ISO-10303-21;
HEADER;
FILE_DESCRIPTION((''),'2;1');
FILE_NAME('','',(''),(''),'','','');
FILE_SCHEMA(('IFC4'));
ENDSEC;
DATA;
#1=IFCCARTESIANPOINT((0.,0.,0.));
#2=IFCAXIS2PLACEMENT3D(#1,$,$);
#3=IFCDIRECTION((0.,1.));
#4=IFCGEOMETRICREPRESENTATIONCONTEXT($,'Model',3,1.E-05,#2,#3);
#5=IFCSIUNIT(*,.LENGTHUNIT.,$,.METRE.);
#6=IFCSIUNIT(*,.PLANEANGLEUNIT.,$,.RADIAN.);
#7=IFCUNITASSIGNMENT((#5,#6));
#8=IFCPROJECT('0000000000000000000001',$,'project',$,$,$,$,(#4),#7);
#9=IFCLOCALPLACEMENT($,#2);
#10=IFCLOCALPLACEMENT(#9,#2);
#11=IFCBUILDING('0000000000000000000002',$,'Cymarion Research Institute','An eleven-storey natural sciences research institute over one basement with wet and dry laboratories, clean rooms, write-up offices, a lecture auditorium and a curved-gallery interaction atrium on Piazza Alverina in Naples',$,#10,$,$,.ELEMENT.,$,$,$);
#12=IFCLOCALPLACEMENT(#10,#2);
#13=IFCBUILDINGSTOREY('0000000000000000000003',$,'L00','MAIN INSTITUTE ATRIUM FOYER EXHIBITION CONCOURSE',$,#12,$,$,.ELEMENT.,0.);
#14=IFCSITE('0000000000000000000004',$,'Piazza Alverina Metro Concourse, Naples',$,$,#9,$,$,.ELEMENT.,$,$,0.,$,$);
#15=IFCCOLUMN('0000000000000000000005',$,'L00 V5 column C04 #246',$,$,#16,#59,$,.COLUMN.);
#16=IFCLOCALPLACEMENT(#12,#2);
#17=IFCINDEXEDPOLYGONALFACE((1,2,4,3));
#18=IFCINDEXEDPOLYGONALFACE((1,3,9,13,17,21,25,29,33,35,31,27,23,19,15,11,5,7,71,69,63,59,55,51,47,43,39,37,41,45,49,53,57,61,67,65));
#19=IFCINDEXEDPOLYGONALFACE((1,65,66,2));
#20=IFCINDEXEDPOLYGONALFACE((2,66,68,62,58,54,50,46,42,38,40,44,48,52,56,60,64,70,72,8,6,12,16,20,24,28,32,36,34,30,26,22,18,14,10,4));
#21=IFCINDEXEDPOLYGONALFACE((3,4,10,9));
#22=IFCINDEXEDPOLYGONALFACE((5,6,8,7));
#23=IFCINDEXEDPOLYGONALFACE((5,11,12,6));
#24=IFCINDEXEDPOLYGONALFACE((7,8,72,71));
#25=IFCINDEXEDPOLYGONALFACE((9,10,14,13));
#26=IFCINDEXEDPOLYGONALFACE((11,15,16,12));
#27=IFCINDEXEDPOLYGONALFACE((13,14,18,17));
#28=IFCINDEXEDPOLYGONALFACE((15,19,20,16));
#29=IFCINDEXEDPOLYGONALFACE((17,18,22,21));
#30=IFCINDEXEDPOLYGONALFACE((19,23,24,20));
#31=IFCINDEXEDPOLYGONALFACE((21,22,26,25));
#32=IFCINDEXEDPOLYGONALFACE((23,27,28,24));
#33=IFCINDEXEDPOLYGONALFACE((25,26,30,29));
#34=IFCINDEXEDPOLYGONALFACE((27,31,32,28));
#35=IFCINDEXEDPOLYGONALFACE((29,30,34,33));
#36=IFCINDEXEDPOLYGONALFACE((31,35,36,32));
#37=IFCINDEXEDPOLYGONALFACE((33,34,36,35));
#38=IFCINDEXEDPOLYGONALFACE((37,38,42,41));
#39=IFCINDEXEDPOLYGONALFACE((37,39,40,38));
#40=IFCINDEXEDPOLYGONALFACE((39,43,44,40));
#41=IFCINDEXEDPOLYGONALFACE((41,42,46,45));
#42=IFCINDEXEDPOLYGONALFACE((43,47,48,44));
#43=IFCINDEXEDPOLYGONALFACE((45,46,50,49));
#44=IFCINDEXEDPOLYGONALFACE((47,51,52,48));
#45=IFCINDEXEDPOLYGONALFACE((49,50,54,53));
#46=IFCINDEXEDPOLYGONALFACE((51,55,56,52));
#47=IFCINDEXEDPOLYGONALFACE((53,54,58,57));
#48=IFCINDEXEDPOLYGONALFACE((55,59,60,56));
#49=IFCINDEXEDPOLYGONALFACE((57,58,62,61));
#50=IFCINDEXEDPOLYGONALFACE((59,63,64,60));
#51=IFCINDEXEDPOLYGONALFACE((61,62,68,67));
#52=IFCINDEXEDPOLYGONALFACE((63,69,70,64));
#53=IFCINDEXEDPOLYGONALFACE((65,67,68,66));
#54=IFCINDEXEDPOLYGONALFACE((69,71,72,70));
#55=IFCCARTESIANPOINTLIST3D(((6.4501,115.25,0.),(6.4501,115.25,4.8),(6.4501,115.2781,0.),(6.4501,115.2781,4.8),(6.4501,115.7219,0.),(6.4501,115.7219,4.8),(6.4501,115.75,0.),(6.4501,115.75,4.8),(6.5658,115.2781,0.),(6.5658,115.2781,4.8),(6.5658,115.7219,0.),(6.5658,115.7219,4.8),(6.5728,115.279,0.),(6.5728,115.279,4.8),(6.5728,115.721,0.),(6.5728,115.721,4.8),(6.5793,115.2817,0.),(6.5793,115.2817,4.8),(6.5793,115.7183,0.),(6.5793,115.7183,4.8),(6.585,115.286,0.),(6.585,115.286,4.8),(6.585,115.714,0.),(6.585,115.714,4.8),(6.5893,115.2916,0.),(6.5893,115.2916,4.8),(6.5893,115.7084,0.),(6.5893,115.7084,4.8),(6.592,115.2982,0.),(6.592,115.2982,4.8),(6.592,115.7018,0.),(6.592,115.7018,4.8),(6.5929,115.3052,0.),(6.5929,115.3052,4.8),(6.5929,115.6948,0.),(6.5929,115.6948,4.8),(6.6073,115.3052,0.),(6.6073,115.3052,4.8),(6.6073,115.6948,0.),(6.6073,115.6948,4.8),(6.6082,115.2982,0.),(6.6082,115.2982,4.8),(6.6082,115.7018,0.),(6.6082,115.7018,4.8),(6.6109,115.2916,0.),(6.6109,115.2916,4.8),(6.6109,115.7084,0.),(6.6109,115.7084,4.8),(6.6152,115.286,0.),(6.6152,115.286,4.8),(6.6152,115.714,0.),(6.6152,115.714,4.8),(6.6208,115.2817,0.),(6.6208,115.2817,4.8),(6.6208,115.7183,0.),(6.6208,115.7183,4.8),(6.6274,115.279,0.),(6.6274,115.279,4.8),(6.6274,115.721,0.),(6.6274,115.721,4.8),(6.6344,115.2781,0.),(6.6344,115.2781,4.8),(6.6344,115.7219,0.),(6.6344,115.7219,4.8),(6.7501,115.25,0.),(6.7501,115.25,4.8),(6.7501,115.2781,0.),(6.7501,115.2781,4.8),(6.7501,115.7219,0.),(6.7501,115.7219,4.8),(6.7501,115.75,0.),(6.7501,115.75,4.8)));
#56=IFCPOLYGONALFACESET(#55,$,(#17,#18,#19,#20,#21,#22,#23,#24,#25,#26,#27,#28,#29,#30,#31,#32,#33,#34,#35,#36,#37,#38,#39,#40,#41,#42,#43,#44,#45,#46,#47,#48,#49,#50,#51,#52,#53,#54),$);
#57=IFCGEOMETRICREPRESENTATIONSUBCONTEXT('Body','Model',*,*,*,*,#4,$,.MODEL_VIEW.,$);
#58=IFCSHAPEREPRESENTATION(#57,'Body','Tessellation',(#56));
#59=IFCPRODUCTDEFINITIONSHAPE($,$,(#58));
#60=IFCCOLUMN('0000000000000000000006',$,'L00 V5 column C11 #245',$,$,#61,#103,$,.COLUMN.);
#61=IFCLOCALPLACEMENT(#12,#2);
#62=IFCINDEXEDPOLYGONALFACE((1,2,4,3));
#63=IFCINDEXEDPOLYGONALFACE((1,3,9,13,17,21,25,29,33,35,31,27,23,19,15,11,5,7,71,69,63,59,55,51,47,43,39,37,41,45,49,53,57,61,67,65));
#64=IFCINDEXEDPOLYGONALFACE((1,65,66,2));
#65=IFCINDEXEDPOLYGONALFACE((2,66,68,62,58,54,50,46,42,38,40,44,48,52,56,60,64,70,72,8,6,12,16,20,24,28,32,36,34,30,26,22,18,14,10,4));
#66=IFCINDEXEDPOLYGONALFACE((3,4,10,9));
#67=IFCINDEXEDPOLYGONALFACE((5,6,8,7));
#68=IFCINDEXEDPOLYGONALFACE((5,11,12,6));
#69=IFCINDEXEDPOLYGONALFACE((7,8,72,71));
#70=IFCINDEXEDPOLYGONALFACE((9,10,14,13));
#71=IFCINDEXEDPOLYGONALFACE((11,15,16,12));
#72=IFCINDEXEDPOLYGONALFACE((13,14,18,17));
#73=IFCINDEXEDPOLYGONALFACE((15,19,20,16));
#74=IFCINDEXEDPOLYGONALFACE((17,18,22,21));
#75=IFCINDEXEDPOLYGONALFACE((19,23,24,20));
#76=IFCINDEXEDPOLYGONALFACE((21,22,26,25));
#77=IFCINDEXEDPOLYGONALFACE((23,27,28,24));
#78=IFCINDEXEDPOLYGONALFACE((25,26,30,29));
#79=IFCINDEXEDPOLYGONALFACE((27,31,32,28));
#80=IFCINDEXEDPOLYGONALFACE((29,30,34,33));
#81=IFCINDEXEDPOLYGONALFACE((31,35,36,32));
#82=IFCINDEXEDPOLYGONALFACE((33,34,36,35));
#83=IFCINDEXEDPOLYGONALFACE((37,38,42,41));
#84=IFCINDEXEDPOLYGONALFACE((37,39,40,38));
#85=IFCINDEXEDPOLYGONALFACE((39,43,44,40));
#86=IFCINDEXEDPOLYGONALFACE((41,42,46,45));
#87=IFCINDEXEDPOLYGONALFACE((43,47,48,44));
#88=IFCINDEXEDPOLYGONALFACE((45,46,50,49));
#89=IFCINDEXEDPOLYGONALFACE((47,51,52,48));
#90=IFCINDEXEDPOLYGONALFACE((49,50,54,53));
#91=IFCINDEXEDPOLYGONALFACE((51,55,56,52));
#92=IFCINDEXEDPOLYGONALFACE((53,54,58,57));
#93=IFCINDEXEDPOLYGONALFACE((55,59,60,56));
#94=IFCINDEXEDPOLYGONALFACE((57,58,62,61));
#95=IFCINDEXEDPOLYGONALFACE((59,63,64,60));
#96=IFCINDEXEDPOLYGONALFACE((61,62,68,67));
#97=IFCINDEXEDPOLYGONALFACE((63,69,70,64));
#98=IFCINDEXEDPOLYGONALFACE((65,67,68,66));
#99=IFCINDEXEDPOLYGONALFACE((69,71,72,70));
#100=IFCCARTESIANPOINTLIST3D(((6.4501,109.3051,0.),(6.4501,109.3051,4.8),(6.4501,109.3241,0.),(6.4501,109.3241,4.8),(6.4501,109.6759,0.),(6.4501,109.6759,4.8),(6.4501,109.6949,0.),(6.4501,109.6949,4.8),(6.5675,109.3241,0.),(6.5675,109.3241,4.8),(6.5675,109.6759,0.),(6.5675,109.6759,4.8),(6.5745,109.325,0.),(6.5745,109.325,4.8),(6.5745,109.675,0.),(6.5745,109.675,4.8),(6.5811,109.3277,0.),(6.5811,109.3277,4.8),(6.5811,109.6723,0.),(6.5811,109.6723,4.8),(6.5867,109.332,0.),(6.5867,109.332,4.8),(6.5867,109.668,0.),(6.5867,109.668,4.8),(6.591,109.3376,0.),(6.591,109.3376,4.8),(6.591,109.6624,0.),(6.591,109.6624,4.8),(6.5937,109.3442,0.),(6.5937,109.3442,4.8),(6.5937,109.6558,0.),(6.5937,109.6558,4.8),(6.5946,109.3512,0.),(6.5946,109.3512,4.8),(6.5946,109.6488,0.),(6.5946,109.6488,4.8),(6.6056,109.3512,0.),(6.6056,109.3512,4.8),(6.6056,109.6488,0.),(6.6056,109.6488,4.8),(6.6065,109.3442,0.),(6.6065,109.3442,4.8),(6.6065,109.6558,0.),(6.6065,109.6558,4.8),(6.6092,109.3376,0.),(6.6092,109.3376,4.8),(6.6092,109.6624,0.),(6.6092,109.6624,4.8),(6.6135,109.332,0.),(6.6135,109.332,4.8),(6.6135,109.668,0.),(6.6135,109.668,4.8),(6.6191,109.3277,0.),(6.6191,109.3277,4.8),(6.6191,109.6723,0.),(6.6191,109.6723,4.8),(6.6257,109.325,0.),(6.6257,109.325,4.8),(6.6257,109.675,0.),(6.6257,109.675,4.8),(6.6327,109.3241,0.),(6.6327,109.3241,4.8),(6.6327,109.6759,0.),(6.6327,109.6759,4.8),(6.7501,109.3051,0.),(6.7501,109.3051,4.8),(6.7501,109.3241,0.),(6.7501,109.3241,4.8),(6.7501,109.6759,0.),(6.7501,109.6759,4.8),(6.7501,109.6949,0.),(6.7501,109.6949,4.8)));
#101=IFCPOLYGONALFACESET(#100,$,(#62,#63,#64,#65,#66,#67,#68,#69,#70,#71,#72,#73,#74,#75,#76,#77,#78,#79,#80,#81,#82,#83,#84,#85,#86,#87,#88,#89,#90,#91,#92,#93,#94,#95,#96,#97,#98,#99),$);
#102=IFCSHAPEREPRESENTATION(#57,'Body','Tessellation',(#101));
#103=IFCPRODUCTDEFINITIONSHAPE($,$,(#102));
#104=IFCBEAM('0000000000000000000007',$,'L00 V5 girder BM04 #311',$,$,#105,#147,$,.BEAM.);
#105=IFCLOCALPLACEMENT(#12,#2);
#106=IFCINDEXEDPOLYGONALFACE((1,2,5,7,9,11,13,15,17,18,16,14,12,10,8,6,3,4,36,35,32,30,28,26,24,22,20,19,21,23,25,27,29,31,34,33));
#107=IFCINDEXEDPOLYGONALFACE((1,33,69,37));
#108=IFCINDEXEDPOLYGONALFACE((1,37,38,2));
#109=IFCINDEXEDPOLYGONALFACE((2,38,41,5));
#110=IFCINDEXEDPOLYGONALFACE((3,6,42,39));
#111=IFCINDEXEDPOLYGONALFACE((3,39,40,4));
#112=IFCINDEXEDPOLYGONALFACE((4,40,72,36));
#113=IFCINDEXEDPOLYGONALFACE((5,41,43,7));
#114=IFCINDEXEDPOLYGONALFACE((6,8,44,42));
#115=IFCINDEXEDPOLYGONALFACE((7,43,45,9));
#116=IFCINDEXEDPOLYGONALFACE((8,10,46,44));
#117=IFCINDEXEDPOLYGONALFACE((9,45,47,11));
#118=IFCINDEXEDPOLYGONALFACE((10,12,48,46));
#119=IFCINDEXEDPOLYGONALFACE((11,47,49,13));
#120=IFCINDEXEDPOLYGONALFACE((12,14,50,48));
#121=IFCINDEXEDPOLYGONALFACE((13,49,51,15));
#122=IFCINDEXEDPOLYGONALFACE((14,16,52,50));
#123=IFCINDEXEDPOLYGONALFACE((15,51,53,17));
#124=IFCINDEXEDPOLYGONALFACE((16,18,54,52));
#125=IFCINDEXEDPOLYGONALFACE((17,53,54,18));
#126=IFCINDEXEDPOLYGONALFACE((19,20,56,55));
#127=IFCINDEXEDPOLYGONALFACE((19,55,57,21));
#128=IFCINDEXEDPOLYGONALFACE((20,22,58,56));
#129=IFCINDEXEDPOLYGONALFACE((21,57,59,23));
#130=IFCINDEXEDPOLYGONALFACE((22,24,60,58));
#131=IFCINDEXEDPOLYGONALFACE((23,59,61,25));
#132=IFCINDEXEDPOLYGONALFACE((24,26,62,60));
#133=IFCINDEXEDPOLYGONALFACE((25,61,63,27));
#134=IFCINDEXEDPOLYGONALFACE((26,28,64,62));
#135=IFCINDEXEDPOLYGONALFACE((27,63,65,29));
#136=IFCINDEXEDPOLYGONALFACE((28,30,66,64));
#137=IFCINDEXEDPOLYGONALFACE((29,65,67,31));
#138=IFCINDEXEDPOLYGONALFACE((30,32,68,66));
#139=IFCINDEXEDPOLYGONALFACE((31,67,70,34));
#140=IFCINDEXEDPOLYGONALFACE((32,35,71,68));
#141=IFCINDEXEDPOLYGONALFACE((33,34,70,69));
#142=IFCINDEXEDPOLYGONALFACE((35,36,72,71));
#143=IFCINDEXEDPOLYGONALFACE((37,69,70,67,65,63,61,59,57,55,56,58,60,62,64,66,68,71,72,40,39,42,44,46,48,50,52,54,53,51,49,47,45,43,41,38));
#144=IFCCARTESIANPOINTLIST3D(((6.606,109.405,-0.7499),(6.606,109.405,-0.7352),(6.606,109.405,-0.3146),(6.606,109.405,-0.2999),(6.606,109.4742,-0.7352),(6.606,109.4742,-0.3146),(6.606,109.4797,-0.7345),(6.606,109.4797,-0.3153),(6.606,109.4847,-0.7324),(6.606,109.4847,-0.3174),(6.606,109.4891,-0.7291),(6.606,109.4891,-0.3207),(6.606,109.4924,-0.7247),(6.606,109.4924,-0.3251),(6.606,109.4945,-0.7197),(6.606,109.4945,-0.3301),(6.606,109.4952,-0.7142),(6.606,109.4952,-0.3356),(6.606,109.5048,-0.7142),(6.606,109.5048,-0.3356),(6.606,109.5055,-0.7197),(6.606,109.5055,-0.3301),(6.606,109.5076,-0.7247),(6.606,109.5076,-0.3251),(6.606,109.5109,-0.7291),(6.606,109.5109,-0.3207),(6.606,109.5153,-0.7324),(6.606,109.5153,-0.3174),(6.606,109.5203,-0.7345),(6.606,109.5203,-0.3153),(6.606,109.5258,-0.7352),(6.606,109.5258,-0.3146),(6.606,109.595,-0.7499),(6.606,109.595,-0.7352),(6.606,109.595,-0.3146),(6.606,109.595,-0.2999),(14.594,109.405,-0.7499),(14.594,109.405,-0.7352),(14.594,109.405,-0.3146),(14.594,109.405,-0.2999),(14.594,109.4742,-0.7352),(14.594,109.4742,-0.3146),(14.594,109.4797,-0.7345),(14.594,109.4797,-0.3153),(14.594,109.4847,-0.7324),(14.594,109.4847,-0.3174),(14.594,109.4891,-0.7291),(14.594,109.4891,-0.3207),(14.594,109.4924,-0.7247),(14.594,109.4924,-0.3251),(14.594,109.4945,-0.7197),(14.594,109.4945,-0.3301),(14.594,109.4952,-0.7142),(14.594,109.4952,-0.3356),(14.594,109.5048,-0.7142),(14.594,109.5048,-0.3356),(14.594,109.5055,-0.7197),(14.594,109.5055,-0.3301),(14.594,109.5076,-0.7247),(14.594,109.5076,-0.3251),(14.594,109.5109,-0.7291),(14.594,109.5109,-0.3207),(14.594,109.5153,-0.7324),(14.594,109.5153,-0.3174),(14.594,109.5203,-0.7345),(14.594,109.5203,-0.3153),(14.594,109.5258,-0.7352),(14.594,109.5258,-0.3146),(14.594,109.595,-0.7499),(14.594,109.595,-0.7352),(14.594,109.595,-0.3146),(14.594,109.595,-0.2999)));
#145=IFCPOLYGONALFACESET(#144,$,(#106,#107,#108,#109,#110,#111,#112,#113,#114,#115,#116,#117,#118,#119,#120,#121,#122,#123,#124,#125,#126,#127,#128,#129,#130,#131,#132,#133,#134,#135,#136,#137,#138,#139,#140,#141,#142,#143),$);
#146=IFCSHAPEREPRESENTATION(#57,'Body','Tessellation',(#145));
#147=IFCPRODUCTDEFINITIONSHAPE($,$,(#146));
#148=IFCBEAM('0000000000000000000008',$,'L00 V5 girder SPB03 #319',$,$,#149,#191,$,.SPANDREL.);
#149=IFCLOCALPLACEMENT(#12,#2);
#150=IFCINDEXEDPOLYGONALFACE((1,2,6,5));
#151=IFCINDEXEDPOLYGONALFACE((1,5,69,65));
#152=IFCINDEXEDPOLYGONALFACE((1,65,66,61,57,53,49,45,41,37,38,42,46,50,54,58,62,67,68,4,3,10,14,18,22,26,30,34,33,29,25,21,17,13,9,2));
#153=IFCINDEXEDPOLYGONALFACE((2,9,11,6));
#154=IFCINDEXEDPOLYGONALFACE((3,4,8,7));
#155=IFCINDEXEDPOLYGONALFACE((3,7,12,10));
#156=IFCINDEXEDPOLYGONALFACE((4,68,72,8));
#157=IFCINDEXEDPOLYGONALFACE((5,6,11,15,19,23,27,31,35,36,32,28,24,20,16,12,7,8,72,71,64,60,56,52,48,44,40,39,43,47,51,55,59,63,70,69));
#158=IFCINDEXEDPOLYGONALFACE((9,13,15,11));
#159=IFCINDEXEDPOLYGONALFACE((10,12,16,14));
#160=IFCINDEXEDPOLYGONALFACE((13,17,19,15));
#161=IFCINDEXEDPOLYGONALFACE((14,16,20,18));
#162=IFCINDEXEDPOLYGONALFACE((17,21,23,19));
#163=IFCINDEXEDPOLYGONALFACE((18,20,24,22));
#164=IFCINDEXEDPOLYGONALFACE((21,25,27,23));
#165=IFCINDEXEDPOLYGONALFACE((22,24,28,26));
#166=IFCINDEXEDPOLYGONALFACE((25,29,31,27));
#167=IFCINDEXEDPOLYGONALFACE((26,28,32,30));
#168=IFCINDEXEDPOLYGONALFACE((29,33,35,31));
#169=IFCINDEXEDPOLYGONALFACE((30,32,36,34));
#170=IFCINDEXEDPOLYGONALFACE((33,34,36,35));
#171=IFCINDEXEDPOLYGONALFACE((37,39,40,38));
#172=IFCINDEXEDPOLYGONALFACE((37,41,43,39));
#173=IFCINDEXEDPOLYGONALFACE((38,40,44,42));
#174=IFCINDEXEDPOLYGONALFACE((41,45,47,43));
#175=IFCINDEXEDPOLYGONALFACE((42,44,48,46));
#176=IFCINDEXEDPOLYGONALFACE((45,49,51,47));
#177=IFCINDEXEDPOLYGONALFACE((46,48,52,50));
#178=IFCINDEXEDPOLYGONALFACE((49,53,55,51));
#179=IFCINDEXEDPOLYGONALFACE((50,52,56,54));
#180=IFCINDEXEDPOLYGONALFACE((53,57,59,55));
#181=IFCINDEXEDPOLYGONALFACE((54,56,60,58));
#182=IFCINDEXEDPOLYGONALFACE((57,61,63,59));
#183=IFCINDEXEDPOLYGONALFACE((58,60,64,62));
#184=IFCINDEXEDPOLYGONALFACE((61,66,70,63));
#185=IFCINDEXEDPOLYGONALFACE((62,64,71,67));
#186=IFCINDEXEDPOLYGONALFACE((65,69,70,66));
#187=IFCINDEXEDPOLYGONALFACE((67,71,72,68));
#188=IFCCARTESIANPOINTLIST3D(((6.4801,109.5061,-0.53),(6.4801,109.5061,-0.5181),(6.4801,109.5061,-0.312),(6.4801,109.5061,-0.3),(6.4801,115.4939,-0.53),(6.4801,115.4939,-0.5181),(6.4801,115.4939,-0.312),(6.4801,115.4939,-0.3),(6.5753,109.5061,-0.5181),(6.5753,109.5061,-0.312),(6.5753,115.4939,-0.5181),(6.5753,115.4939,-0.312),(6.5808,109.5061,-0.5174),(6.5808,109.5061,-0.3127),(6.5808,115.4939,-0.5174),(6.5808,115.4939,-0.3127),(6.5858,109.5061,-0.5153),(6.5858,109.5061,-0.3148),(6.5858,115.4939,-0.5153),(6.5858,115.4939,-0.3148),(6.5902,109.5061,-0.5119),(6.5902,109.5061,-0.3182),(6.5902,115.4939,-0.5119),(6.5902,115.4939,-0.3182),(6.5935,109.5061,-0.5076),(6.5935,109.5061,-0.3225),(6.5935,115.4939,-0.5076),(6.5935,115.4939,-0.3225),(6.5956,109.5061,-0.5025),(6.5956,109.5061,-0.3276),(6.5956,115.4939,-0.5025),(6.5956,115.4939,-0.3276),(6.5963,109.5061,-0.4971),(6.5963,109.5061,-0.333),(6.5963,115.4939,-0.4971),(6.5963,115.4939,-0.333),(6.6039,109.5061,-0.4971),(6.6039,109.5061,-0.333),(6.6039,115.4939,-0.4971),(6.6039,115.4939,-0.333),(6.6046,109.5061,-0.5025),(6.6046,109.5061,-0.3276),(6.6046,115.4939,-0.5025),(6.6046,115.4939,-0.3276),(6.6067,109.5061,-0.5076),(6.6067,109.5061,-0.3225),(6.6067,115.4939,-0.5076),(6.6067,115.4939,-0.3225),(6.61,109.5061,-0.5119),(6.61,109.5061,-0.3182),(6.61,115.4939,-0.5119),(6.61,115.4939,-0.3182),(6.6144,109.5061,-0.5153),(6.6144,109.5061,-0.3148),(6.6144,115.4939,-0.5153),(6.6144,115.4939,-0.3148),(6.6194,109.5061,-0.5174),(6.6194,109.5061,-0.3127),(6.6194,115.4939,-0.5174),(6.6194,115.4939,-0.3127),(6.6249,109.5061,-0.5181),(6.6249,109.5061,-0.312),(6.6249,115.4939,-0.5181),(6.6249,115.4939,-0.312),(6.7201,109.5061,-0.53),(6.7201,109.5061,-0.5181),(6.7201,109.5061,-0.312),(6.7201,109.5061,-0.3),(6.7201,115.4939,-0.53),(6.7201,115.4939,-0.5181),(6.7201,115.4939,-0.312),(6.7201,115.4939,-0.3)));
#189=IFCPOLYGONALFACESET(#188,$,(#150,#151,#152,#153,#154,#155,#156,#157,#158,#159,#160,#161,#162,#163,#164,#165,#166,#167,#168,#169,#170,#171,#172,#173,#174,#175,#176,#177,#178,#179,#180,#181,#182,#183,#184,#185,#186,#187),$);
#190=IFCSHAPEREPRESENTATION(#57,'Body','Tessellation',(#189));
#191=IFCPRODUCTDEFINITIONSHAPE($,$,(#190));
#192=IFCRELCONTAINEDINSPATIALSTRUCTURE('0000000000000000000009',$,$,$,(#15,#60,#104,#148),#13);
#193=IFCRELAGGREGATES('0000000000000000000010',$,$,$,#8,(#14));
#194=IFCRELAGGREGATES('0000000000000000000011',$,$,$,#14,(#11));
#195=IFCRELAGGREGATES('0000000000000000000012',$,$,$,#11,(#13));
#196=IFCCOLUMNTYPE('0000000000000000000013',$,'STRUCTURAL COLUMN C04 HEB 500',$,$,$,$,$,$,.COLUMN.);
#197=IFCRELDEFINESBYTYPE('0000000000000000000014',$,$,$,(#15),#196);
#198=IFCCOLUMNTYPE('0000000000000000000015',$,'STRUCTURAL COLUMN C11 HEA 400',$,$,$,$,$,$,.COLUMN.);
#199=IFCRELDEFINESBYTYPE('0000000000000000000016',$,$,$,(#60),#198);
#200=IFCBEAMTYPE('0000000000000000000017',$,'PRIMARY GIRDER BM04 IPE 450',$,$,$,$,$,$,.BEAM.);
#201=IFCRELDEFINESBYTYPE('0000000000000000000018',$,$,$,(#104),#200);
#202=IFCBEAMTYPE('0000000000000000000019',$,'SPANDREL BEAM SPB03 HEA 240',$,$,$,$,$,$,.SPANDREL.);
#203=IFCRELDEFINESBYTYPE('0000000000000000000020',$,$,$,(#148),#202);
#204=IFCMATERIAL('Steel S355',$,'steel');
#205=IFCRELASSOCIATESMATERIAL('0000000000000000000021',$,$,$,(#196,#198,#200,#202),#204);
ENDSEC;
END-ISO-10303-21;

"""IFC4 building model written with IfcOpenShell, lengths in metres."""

from ifc_helpers import new_model, si_unit, direction, frame, origin, origin_2d, place, context, subcontext, project, spatial, i_section, extrude, material, material_profile, profile_set, type_object, element, save


model = new_model("IFC4")

# Units and contexts
model_context = context("Model", 3, precision=1e-05, world=origin(), true_north=direction((0.0, 1.0)))
body_context = subcontext(model_context, "Body", "Model", "MODEL_VIEW")
ifc_project = project(units=[si_unit("LENGTHUNIT", "METRE"), si_unit("PLANEANGLEUNIT", "RADIAN")], contexts=[model_context])

# Site, building, storey
site_placement = place(None, origin())
site = spatial("IfcSite", under=ifc_project, at=site_placement, Name="Piazza Alverina Metro Concourse, Naples", CompositionType="ELEMENT", RefElevation=0.0)
building_placement = place(site_placement, origin())
building = spatial("IfcBuilding", under=site, at=building_placement, Name="Cymarion Research Institute", Description="An eleven-storey natural sciences research institute over one basement with wet and dry laboratories, clean rooms, write-up offices, a lecture auditorium and a curved-gallery interaction atrium on Piazza Alverina in Naples", CompositionType="ELEMENT")
storey_placement = place(building_placement, origin())
storey = spatial("IfcBuildingStorey", under=building, at=storey_placement, Name="L00", Description="MAIN INSTITUTE ATRIUM FOYER EXHIBITION CONCOURSE", CompositionType="ELEMENT", Elevation=0.0)

# Columns
ifc_material_1 = material(Name="Steel S355", Category="steel")
ifc_material_profile_1 = material_profile(ifc_material_1, i_section(OverallWidth=0.3, OverallDepth=0.5, WebThickness=0.0144, FlangeThickness=0.0281, FilletRadius=0.0271, at=origin_2d()), Name="HEB 500")
ifc_profile_set_1 = profile_set([ifc_material_profile_1], Name="Steel S355")
column_type_1 = type_object("IfcColumnType", Name="STRUCTURAL COLUMN C04 HEB 500", PredefinedType="COLUMN", material=ifc_profile_set_1)
column_1_placement = place(storey_placement, frame((6.6001, 115.5, 0.0), z_axis=(0.0, 0.0, 1.0), x_axis=(1.0, 0.0, 0.0)))
element("IfcColumn", 1, at=column_1_placement, inside=storey, type_object=column_type_1, Name="L00 V5 column C04 #246", PredefinedType="COLUMN", context=body_context, shape_type="SweptSolid", body=[
    extrude(i_section(OverallWidth=0.3, OverallDepth=0.5, WebThickness=0.0144, FlangeThickness=0.0281, FilletRadius=0.0271, at=origin_2d()), origin(), (0.0, 0.0, 1.0), 4.8),
])
ifc_material_profile_2 = material_profile(ifc_material_1, i_section(OverallWidth=0.3, OverallDepth=0.3899, WebThickness=0.011, FlangeThickness=0.019, FilletRadius=0.0271, at=origin_2d()), Name="HEA 400")
ifc_profile_set_2 = profile_set([ifc_material_profile_2], Name="Steel S355")
column_type_2 = type_object("IfcColumnType", Name="STRUCTURAL COLUMN C11 HEA 400", PredefinedType="COLUMN", material=ifc_profile_set_2)
column_2_placement = place(storey_placement, frame((6.6001, 109.5, 0.0), z_axis=(0.0, 0.0, 1.0), x_axis=(1.0, 0.0, 0.0)))
element("IfcColumn", 2, at=column_2_placement, inside=storey, type_object=column_type_2, Name="L00 V5 column C11 #245", PredefinedType="COLUMN", context=body_context, shape_type="SweptSolid", body=[
    extrude(i_section(OverallWidth=0.3, OverallDepth=0.3899, WebThickness=0.011, FlangeThickness=0.019, FilletRadius=0.0271, at=origin_2d()), origin(), (0.0, 0.0, 1.0), 4.8),
])

# Beams
ifc_material_profile_3 = material_profile(ifc_material_1, i_section(OverallWidth=0.1899, OverallDepth=0.45, WebThickness=0.0095, FlangeThickness=0.0146, FilletRadius=0.021, at=origin_2d()), Name="IPE 450")
ifc_profile_set_3 = profile_set([ifc_material_profile_3], Name="Steel S355")
beam_type_1 = type_object("IfcBeamType", Name="PRIMARY GIRDER BM04 IPE 450", PredefinedType="BEAM", material=ifc_profile_set_3)
beam_1_placement = place(storey_placement, frame((6.606, 109.5, -0.5249), z_axis=(1.0, 0.0, 0.0), x_axis=(0.0, 1.0, 0.0)))
element("IfcBeam", 3, at=beam_1_placement, inside=storey, type_object=beam_type_1, Name="L00 V5 girder BM04 #311", PredefinedType="BEAM", context=body_context, shape_type="SweptSolid", body=[
    extrude(i_section(OverallWidth=0.1899, OverallDepth=0.45, WebThickness=0.0095, FlangeThickness=0.0146, FilletRadius=0.021, at=origin_2d()), origin(), (0.0, 0.0, 1.0), 7.988),
])
ifc_material_profile_4 = material_profile(ifc_material_1, i_section(OverallWidth=0.24, OverallDepth=0.23, WebThickness=0.0076, FlangeThickness=0.012, FilletRadius=0.021, at=origin_2d()), Name="HEA 240")
ifc_profile_set_4 = profile_set([ifc_material_profile_4], Name="Steel S355")
beam_type_2 = type_object("IfcBeamType", Name="SPANDREL BEAM SPB03 HEA 240", PredefinedType="SPANDREL", material=ifc_profile_set_4)
beam_2_placement = place(storey_placement, frame((6.6001, 109.5061, -0.415), z_axis=(0.0, 1.0, 0.0), x_axis=(-1.0, 0.0, 0.0)))
element("IfcBeam", 4, at=beam_2_placement, inside=storey, type_object=beam_type_2, Name="L00 V5 girder SPB03 #319", PredefinedType="SPANDREL", context=body_context, shape_type="SweptSolid", body=[
    extrude(i_section(OverallWidth=0.24, OverallDepth=0.23, WebThickness=0.0076, FlangeThickness=0.012, FilletRadius=0.021, at=origin_2d()), origin(), (0.0, 0.0, 1.0), 5.9878),
])

save(model, "model.ifc")
